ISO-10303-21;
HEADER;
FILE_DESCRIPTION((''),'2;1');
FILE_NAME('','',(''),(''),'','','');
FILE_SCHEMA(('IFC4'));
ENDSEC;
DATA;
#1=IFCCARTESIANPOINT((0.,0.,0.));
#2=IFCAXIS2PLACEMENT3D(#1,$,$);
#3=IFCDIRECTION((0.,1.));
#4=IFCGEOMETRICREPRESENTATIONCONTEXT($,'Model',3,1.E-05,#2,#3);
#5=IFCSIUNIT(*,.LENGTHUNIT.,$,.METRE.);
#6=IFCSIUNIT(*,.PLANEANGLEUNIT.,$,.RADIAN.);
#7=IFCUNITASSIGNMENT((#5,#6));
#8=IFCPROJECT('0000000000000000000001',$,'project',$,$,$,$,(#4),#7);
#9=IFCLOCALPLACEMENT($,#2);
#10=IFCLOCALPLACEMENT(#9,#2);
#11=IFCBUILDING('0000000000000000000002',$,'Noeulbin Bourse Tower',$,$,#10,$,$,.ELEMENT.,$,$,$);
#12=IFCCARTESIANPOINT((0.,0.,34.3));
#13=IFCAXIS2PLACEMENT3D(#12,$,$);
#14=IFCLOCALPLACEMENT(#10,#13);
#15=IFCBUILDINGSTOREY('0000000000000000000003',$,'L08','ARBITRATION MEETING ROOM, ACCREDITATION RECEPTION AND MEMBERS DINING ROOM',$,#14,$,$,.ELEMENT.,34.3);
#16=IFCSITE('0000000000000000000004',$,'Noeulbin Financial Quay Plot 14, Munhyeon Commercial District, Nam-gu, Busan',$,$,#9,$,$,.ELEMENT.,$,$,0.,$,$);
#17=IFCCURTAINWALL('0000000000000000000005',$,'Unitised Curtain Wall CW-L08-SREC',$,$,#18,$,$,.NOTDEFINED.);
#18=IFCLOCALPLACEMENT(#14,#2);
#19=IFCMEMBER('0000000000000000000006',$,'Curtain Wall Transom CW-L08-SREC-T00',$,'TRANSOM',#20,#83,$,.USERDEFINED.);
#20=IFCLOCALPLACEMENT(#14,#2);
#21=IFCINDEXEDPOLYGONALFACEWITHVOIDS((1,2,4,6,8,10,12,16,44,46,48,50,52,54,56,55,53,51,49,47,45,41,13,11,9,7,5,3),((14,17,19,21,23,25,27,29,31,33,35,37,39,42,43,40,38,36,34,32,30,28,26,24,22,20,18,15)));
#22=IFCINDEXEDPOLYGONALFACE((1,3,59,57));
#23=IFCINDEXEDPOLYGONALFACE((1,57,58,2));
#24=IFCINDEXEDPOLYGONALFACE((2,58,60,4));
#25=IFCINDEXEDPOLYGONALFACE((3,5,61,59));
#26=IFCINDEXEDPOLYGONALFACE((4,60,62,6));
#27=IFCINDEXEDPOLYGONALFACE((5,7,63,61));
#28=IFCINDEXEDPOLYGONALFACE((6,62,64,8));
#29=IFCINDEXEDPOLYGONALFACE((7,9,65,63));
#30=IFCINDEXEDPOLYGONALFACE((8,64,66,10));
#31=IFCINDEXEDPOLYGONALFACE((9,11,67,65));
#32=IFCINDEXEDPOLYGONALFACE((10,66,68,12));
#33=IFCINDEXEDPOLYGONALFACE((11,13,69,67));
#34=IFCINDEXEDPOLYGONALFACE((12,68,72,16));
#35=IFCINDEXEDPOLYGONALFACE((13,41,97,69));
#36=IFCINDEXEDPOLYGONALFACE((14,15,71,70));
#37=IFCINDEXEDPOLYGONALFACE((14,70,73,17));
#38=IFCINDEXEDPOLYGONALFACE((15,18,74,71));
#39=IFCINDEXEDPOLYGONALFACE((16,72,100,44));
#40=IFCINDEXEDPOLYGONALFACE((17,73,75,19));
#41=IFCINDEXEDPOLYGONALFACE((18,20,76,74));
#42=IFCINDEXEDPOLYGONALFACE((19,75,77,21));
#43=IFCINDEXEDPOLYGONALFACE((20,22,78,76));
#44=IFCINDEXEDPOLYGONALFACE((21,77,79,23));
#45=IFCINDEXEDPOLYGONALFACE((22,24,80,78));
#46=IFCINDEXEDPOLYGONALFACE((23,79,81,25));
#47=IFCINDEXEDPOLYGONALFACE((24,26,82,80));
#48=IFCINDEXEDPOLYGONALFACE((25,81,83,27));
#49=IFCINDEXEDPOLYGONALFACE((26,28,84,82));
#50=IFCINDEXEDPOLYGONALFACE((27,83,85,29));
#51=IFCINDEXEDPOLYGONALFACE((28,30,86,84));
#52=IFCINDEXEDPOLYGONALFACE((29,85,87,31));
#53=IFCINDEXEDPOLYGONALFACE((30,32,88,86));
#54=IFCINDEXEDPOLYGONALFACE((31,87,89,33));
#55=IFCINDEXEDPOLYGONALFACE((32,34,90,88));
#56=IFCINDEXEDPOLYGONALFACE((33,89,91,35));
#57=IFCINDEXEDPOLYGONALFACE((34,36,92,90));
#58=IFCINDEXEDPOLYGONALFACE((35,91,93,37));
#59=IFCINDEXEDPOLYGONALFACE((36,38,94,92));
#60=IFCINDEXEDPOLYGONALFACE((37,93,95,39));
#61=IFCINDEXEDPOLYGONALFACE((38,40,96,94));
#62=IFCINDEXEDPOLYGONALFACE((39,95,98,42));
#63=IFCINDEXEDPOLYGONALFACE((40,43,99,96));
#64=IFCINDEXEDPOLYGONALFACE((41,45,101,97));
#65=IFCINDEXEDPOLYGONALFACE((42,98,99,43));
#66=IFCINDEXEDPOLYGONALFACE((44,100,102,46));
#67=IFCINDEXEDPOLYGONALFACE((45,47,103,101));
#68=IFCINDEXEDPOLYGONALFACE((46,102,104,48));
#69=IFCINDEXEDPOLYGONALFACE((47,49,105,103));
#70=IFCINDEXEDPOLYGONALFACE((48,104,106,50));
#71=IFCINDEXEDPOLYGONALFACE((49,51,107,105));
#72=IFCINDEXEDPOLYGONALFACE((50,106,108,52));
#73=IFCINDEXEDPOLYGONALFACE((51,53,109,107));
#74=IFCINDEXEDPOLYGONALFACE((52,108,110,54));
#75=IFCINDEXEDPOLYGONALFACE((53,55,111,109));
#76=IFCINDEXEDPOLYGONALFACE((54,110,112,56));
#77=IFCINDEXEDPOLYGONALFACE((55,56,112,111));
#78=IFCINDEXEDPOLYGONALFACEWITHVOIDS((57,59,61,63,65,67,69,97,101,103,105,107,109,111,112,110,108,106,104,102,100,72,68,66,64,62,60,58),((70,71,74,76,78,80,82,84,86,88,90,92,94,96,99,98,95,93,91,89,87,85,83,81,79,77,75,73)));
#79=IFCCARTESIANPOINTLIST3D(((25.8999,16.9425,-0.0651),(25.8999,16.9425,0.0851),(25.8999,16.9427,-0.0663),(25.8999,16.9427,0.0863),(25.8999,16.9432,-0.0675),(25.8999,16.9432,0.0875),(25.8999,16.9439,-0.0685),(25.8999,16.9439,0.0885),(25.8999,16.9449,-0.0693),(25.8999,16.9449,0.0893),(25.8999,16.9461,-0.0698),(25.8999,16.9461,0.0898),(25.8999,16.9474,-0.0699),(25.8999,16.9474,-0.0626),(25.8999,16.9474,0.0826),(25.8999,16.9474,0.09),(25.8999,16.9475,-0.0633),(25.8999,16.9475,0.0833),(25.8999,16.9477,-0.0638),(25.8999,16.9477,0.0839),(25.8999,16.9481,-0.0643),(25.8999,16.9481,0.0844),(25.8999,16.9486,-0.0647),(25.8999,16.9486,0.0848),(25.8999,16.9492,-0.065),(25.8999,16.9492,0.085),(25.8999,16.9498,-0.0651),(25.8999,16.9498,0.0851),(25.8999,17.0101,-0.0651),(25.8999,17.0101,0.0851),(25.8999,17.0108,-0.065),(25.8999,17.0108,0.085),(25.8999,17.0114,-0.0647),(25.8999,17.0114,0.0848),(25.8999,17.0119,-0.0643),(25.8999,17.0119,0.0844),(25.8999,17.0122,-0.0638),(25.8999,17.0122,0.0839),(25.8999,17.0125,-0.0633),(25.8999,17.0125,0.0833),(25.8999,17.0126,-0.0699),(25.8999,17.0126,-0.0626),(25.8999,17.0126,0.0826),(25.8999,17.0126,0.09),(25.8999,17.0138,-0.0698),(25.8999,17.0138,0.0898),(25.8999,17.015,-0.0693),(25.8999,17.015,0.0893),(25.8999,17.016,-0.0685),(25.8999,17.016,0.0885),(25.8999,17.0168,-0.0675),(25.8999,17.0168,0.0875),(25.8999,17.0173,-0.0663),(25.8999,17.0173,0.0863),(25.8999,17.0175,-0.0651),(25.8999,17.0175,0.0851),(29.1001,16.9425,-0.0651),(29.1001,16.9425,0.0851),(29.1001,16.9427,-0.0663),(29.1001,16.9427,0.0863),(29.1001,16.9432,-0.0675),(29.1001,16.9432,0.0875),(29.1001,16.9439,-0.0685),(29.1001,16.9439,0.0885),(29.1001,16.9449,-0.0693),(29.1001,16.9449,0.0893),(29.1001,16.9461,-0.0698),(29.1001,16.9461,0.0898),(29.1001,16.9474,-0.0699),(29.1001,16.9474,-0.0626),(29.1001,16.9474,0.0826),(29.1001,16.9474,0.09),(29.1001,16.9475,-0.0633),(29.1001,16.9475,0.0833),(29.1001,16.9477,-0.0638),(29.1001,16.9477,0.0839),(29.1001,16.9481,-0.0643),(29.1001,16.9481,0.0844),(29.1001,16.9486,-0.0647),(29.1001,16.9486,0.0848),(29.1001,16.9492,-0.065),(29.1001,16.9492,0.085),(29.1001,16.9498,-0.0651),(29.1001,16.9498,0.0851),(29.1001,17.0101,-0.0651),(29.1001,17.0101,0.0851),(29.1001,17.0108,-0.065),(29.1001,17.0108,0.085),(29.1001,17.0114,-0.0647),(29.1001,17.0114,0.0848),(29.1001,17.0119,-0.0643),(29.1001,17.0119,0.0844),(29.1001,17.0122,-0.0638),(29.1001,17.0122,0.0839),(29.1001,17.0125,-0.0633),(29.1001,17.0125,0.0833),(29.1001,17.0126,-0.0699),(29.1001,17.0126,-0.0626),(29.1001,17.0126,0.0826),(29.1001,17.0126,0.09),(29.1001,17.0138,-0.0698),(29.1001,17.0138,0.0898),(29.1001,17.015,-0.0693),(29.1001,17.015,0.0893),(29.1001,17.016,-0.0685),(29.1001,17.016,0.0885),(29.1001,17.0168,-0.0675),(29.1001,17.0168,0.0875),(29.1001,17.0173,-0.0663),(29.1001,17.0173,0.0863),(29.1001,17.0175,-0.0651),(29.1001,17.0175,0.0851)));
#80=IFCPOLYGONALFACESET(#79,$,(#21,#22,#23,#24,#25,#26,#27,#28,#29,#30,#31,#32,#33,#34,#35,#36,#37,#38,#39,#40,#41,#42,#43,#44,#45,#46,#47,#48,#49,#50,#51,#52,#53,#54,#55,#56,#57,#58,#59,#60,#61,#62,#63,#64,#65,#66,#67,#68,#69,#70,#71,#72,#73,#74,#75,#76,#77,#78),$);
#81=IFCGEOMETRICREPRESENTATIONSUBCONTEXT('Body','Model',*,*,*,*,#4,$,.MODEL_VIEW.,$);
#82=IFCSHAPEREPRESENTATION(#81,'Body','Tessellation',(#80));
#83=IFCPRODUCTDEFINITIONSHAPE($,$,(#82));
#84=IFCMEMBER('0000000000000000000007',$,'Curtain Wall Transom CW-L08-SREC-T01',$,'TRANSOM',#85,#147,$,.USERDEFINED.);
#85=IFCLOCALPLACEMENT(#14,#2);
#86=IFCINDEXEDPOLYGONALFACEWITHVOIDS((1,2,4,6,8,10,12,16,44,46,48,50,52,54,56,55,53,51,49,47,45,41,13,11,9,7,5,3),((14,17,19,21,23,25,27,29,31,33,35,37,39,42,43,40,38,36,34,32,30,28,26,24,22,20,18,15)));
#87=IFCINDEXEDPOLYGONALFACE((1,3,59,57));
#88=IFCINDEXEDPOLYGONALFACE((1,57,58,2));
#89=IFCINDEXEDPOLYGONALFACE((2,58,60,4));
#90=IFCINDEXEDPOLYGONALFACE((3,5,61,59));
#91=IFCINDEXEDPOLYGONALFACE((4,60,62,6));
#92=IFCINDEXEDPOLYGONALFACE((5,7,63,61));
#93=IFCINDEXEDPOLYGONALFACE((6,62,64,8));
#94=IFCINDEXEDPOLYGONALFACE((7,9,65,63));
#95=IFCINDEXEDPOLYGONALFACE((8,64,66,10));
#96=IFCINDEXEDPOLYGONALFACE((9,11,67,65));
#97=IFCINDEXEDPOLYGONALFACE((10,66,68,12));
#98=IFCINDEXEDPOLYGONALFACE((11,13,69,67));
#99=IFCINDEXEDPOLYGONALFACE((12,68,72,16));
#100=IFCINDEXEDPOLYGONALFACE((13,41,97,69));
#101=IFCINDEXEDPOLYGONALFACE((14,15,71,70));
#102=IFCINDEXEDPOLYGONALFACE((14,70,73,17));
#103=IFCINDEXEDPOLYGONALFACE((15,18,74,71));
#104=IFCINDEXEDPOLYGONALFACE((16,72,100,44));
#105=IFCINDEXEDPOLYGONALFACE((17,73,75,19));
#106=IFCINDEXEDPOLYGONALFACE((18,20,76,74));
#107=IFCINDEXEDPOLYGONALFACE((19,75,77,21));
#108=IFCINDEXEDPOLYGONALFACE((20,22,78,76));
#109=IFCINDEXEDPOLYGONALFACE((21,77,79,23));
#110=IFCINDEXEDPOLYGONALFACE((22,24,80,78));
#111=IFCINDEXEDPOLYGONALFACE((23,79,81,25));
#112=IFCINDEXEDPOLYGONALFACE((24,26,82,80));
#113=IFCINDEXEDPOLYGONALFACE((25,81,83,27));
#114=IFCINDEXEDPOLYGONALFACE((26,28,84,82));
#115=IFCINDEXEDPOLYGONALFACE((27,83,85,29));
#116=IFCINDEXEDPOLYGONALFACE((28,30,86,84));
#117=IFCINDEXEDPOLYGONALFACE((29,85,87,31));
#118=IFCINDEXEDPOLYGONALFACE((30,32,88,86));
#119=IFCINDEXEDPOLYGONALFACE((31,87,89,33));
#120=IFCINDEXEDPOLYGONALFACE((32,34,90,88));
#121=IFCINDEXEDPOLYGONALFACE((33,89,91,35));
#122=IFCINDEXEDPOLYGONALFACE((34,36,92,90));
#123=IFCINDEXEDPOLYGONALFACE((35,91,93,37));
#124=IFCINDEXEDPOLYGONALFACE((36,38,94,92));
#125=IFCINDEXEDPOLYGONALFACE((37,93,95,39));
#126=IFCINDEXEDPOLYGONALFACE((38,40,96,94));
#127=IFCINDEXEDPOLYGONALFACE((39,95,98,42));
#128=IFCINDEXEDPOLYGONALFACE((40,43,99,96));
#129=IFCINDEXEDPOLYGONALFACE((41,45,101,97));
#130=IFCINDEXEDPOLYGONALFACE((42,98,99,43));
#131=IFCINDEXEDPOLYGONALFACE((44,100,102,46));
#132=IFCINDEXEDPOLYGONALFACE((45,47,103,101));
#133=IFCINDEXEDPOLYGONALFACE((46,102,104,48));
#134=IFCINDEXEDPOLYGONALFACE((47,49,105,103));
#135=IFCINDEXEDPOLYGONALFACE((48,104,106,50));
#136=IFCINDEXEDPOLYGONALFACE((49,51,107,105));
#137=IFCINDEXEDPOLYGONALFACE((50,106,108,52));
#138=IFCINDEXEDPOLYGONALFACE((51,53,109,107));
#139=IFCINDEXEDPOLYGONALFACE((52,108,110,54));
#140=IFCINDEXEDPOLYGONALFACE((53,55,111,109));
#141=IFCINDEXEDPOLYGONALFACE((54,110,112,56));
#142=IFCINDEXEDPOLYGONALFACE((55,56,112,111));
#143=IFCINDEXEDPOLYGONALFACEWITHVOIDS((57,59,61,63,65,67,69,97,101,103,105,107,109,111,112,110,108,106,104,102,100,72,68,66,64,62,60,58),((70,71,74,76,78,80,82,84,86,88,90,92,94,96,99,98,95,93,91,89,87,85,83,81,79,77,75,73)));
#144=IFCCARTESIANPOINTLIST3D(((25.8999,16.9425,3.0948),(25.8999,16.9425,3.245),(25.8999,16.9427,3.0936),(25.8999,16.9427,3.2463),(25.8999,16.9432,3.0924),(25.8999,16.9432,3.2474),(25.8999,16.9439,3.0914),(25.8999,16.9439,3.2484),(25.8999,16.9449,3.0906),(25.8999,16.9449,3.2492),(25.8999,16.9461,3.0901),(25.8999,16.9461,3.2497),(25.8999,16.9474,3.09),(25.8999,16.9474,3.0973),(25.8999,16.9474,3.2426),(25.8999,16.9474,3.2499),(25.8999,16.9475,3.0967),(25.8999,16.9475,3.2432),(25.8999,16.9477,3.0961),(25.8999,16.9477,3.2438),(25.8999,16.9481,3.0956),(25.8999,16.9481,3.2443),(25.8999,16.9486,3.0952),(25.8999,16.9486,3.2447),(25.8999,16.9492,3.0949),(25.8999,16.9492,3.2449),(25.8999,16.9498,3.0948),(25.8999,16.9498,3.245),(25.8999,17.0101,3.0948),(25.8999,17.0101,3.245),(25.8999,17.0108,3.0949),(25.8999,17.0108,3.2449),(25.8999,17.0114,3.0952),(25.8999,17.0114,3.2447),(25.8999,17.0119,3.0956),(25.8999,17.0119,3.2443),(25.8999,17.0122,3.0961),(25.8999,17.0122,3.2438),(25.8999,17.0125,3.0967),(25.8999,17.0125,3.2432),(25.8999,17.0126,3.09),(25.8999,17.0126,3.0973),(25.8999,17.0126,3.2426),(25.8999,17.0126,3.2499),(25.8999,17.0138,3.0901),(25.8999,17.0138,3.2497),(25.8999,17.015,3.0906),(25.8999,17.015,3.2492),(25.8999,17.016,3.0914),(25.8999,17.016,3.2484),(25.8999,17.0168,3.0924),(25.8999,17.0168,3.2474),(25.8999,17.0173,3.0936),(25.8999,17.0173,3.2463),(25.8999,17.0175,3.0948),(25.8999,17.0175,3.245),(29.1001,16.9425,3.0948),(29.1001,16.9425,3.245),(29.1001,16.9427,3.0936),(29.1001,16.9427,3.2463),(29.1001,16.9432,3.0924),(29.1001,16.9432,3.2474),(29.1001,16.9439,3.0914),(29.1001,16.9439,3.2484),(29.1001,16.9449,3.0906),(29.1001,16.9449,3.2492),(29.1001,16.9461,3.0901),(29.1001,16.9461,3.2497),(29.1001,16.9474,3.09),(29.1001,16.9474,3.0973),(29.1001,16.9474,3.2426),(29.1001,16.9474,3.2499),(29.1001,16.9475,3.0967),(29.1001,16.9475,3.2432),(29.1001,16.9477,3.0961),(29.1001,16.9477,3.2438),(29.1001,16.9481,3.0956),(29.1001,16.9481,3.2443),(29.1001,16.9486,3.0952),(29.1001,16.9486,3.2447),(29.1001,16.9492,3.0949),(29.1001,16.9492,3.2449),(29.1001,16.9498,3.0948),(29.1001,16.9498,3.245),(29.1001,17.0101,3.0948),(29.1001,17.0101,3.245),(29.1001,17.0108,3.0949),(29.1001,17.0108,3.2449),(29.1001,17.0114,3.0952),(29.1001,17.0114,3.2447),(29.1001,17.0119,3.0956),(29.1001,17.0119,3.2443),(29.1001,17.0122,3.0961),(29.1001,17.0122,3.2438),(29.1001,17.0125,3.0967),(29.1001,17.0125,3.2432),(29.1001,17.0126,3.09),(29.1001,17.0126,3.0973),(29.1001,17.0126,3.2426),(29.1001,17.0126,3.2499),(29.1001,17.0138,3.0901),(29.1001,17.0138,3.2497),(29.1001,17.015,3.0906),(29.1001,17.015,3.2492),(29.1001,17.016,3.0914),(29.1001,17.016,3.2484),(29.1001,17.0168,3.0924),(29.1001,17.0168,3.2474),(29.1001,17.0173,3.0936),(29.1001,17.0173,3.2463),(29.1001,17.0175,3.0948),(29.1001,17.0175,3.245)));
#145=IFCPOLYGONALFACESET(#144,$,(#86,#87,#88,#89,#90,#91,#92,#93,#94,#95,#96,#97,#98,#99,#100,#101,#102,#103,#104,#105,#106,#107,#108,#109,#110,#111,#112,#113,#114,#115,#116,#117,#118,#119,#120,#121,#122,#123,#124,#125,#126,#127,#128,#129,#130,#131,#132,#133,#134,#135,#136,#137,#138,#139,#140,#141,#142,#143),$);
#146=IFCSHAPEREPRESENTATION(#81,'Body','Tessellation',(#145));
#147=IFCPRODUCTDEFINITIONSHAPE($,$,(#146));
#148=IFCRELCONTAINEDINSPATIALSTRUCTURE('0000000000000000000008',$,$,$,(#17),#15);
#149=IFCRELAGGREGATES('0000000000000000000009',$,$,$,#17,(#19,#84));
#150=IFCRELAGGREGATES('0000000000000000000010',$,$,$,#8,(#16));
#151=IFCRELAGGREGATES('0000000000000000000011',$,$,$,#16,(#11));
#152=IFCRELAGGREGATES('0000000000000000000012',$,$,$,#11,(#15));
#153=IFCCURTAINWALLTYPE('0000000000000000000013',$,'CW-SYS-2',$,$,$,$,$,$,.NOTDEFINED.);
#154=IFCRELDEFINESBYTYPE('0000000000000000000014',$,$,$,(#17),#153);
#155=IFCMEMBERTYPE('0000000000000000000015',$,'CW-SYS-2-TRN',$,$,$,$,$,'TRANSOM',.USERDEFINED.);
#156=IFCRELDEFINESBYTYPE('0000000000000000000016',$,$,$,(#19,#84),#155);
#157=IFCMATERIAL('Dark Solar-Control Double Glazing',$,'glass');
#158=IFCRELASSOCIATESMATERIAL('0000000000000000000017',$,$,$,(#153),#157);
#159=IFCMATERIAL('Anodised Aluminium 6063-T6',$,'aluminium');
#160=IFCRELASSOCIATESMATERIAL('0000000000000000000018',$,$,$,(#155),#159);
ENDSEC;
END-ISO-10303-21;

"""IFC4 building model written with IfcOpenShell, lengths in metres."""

from ifc_helpers import new_model, si_unit, direction, frame, origin, origin_2d, place, context, subcontext, project, spatial, hollow_rectangle, extrude, material, material_profile, profile_set, type_object, element, aggregate, save


model = new_model("IFC4")

# Units and contexts
model_context = context("Model", 3, precision=1e-05, world=origin(), true_north=direction((0.0, 1.0)))
body_context = subcontext(model_context, "Body", "Model", "MODEL_VIEW")
ifc_project = project(units=[si_unit("LENGTHUNIT", "METRE"), si_unit("PLANEANGLEUNIT", "RADIAN")], contexts=[model_context])

# Site, building, storey
site_placement = place(None, origin())
site = spatial("IfcSite", under=ifc_project, at=site_placement, Name="Noeulbin Financial Quay Plot 14, Munhyeon Commercial District, Nam-gu, Busan", CompositionType="ELEMENT", RefElevation=0.0)
building_placement = place(site_placement, origin())
building = spatial("IfcBuilding", under=site, at=building_placement, Name="Noeulbin Bourse Tower", CompositionType="ELEMENT")
storey_placement = place(building_placement, frame((0.0, 0.0, 34.3)))
storey = spatial("IfcBuildingStorey", under=building, at=storey_placement, Name="L08", Description="ARBITRATION MEETING ROOM, ACCREDITATION RECEPTION AND MEMBERS DINING ROOM", CompositionType="ELEMENT", Elevation=34.3)

# Curtain wall
ifc_material_1 = material(Name="Dark Solar-Control Double Glazing", Category="glass")
curtain_wall_type = type_object("IfcCurtainWallType", Name="CW-SYS-2", PredefinedType="NOTDEFINED", material=ifc_material_1)
curtain_wall_1_placement = place(storey_placement, origin())
curtain_wall_1 = element("IfcCurtainWall", 1, at=curtain_wall_1_placement, inside=storey, type_object=curtain_wall_type, Name="Unitised Curtain Wall CW-L08-SREC", PredefinedType="NOTDEFINED")
ifc_material_2 = material(Name="Anodised Aluminium 6063-T6", Category="aluminium")

# Members
ifc_material_profile_1 = material_profile(ifc_material_2, hollow_rectangle(XDim=0.075, YDim=0.1599, WallThickness=0.0049, InnerFilletRadius=0.0024, OuterFilletRadius=0.0049, at=origin_2d()), Name="ALU-TRAN-75x160x5", Category="LoadBearing")
ifc_profile_set_1 = profile_set([ifc_material_profile_1], Name="Anodised Aluminium 6063-T6")
member_type_1 = type_object("IfcMemberType", Name="CW-SYS-2-TRN", ElementType="TRANSOM", PredefinedType="USERDEFINED", material=ifc_profile_set_1)
member_1_placement = place(storey_placement, frame((25.8999, 16.98, 0.01), z_axis=(1.0, 0.0, 0.0), x_axis=(0.0, 1.0, 0.0)))
member_1 = element("IfcMember", 2, at=member_1_placement, type_object=member_type_1, Name="Curtain Wall Transom CW-L08-SREC-T00", ObjectType="TRANSOM", PredefinedType="USERDEFINED", context=body_context, shape_type="SweptSolid", body=[
    extrude(hollow_rectangle(XDim=0.075, YDim=0.1599, WallThickness=0.0049, InnerFilletRadius=0.0024, OuterFilletRadius=0.0049, at=origin_2d()), origin(), (0.0, 0.0, 1.0), 3.2002),
])
member_2_placement = place(storey_placement, frame((25.8999, 16.98, 3.1699), z_axis=(1.0, 0.0, 0.0), x_axis=(0.0, 1.0, 0.0)))
member_2 = element("IfcMember", 3, at=member_2_placement, type_object=member_type_1, Name="Curtain Wall Transom CW-L08-SREC-T01", ObjectType="TRANSOM", PredefinedType="USERDEFINED", context=body_context, shape_type="SweptSolid", body=[
    extrude(hollow_rectangle(XDim=0.075, YDim=0.1599, WallThickness=0.0049, InnerFilletRadius=0.0024, OuterFilletRadius=0.0049, at=origin_2d()), origin(), (0.0, 0.0, 1.0), 3.2002),
])

aggregate(curtain_wall_1, [member_1, member_2])

save(model, "model.ifc")
